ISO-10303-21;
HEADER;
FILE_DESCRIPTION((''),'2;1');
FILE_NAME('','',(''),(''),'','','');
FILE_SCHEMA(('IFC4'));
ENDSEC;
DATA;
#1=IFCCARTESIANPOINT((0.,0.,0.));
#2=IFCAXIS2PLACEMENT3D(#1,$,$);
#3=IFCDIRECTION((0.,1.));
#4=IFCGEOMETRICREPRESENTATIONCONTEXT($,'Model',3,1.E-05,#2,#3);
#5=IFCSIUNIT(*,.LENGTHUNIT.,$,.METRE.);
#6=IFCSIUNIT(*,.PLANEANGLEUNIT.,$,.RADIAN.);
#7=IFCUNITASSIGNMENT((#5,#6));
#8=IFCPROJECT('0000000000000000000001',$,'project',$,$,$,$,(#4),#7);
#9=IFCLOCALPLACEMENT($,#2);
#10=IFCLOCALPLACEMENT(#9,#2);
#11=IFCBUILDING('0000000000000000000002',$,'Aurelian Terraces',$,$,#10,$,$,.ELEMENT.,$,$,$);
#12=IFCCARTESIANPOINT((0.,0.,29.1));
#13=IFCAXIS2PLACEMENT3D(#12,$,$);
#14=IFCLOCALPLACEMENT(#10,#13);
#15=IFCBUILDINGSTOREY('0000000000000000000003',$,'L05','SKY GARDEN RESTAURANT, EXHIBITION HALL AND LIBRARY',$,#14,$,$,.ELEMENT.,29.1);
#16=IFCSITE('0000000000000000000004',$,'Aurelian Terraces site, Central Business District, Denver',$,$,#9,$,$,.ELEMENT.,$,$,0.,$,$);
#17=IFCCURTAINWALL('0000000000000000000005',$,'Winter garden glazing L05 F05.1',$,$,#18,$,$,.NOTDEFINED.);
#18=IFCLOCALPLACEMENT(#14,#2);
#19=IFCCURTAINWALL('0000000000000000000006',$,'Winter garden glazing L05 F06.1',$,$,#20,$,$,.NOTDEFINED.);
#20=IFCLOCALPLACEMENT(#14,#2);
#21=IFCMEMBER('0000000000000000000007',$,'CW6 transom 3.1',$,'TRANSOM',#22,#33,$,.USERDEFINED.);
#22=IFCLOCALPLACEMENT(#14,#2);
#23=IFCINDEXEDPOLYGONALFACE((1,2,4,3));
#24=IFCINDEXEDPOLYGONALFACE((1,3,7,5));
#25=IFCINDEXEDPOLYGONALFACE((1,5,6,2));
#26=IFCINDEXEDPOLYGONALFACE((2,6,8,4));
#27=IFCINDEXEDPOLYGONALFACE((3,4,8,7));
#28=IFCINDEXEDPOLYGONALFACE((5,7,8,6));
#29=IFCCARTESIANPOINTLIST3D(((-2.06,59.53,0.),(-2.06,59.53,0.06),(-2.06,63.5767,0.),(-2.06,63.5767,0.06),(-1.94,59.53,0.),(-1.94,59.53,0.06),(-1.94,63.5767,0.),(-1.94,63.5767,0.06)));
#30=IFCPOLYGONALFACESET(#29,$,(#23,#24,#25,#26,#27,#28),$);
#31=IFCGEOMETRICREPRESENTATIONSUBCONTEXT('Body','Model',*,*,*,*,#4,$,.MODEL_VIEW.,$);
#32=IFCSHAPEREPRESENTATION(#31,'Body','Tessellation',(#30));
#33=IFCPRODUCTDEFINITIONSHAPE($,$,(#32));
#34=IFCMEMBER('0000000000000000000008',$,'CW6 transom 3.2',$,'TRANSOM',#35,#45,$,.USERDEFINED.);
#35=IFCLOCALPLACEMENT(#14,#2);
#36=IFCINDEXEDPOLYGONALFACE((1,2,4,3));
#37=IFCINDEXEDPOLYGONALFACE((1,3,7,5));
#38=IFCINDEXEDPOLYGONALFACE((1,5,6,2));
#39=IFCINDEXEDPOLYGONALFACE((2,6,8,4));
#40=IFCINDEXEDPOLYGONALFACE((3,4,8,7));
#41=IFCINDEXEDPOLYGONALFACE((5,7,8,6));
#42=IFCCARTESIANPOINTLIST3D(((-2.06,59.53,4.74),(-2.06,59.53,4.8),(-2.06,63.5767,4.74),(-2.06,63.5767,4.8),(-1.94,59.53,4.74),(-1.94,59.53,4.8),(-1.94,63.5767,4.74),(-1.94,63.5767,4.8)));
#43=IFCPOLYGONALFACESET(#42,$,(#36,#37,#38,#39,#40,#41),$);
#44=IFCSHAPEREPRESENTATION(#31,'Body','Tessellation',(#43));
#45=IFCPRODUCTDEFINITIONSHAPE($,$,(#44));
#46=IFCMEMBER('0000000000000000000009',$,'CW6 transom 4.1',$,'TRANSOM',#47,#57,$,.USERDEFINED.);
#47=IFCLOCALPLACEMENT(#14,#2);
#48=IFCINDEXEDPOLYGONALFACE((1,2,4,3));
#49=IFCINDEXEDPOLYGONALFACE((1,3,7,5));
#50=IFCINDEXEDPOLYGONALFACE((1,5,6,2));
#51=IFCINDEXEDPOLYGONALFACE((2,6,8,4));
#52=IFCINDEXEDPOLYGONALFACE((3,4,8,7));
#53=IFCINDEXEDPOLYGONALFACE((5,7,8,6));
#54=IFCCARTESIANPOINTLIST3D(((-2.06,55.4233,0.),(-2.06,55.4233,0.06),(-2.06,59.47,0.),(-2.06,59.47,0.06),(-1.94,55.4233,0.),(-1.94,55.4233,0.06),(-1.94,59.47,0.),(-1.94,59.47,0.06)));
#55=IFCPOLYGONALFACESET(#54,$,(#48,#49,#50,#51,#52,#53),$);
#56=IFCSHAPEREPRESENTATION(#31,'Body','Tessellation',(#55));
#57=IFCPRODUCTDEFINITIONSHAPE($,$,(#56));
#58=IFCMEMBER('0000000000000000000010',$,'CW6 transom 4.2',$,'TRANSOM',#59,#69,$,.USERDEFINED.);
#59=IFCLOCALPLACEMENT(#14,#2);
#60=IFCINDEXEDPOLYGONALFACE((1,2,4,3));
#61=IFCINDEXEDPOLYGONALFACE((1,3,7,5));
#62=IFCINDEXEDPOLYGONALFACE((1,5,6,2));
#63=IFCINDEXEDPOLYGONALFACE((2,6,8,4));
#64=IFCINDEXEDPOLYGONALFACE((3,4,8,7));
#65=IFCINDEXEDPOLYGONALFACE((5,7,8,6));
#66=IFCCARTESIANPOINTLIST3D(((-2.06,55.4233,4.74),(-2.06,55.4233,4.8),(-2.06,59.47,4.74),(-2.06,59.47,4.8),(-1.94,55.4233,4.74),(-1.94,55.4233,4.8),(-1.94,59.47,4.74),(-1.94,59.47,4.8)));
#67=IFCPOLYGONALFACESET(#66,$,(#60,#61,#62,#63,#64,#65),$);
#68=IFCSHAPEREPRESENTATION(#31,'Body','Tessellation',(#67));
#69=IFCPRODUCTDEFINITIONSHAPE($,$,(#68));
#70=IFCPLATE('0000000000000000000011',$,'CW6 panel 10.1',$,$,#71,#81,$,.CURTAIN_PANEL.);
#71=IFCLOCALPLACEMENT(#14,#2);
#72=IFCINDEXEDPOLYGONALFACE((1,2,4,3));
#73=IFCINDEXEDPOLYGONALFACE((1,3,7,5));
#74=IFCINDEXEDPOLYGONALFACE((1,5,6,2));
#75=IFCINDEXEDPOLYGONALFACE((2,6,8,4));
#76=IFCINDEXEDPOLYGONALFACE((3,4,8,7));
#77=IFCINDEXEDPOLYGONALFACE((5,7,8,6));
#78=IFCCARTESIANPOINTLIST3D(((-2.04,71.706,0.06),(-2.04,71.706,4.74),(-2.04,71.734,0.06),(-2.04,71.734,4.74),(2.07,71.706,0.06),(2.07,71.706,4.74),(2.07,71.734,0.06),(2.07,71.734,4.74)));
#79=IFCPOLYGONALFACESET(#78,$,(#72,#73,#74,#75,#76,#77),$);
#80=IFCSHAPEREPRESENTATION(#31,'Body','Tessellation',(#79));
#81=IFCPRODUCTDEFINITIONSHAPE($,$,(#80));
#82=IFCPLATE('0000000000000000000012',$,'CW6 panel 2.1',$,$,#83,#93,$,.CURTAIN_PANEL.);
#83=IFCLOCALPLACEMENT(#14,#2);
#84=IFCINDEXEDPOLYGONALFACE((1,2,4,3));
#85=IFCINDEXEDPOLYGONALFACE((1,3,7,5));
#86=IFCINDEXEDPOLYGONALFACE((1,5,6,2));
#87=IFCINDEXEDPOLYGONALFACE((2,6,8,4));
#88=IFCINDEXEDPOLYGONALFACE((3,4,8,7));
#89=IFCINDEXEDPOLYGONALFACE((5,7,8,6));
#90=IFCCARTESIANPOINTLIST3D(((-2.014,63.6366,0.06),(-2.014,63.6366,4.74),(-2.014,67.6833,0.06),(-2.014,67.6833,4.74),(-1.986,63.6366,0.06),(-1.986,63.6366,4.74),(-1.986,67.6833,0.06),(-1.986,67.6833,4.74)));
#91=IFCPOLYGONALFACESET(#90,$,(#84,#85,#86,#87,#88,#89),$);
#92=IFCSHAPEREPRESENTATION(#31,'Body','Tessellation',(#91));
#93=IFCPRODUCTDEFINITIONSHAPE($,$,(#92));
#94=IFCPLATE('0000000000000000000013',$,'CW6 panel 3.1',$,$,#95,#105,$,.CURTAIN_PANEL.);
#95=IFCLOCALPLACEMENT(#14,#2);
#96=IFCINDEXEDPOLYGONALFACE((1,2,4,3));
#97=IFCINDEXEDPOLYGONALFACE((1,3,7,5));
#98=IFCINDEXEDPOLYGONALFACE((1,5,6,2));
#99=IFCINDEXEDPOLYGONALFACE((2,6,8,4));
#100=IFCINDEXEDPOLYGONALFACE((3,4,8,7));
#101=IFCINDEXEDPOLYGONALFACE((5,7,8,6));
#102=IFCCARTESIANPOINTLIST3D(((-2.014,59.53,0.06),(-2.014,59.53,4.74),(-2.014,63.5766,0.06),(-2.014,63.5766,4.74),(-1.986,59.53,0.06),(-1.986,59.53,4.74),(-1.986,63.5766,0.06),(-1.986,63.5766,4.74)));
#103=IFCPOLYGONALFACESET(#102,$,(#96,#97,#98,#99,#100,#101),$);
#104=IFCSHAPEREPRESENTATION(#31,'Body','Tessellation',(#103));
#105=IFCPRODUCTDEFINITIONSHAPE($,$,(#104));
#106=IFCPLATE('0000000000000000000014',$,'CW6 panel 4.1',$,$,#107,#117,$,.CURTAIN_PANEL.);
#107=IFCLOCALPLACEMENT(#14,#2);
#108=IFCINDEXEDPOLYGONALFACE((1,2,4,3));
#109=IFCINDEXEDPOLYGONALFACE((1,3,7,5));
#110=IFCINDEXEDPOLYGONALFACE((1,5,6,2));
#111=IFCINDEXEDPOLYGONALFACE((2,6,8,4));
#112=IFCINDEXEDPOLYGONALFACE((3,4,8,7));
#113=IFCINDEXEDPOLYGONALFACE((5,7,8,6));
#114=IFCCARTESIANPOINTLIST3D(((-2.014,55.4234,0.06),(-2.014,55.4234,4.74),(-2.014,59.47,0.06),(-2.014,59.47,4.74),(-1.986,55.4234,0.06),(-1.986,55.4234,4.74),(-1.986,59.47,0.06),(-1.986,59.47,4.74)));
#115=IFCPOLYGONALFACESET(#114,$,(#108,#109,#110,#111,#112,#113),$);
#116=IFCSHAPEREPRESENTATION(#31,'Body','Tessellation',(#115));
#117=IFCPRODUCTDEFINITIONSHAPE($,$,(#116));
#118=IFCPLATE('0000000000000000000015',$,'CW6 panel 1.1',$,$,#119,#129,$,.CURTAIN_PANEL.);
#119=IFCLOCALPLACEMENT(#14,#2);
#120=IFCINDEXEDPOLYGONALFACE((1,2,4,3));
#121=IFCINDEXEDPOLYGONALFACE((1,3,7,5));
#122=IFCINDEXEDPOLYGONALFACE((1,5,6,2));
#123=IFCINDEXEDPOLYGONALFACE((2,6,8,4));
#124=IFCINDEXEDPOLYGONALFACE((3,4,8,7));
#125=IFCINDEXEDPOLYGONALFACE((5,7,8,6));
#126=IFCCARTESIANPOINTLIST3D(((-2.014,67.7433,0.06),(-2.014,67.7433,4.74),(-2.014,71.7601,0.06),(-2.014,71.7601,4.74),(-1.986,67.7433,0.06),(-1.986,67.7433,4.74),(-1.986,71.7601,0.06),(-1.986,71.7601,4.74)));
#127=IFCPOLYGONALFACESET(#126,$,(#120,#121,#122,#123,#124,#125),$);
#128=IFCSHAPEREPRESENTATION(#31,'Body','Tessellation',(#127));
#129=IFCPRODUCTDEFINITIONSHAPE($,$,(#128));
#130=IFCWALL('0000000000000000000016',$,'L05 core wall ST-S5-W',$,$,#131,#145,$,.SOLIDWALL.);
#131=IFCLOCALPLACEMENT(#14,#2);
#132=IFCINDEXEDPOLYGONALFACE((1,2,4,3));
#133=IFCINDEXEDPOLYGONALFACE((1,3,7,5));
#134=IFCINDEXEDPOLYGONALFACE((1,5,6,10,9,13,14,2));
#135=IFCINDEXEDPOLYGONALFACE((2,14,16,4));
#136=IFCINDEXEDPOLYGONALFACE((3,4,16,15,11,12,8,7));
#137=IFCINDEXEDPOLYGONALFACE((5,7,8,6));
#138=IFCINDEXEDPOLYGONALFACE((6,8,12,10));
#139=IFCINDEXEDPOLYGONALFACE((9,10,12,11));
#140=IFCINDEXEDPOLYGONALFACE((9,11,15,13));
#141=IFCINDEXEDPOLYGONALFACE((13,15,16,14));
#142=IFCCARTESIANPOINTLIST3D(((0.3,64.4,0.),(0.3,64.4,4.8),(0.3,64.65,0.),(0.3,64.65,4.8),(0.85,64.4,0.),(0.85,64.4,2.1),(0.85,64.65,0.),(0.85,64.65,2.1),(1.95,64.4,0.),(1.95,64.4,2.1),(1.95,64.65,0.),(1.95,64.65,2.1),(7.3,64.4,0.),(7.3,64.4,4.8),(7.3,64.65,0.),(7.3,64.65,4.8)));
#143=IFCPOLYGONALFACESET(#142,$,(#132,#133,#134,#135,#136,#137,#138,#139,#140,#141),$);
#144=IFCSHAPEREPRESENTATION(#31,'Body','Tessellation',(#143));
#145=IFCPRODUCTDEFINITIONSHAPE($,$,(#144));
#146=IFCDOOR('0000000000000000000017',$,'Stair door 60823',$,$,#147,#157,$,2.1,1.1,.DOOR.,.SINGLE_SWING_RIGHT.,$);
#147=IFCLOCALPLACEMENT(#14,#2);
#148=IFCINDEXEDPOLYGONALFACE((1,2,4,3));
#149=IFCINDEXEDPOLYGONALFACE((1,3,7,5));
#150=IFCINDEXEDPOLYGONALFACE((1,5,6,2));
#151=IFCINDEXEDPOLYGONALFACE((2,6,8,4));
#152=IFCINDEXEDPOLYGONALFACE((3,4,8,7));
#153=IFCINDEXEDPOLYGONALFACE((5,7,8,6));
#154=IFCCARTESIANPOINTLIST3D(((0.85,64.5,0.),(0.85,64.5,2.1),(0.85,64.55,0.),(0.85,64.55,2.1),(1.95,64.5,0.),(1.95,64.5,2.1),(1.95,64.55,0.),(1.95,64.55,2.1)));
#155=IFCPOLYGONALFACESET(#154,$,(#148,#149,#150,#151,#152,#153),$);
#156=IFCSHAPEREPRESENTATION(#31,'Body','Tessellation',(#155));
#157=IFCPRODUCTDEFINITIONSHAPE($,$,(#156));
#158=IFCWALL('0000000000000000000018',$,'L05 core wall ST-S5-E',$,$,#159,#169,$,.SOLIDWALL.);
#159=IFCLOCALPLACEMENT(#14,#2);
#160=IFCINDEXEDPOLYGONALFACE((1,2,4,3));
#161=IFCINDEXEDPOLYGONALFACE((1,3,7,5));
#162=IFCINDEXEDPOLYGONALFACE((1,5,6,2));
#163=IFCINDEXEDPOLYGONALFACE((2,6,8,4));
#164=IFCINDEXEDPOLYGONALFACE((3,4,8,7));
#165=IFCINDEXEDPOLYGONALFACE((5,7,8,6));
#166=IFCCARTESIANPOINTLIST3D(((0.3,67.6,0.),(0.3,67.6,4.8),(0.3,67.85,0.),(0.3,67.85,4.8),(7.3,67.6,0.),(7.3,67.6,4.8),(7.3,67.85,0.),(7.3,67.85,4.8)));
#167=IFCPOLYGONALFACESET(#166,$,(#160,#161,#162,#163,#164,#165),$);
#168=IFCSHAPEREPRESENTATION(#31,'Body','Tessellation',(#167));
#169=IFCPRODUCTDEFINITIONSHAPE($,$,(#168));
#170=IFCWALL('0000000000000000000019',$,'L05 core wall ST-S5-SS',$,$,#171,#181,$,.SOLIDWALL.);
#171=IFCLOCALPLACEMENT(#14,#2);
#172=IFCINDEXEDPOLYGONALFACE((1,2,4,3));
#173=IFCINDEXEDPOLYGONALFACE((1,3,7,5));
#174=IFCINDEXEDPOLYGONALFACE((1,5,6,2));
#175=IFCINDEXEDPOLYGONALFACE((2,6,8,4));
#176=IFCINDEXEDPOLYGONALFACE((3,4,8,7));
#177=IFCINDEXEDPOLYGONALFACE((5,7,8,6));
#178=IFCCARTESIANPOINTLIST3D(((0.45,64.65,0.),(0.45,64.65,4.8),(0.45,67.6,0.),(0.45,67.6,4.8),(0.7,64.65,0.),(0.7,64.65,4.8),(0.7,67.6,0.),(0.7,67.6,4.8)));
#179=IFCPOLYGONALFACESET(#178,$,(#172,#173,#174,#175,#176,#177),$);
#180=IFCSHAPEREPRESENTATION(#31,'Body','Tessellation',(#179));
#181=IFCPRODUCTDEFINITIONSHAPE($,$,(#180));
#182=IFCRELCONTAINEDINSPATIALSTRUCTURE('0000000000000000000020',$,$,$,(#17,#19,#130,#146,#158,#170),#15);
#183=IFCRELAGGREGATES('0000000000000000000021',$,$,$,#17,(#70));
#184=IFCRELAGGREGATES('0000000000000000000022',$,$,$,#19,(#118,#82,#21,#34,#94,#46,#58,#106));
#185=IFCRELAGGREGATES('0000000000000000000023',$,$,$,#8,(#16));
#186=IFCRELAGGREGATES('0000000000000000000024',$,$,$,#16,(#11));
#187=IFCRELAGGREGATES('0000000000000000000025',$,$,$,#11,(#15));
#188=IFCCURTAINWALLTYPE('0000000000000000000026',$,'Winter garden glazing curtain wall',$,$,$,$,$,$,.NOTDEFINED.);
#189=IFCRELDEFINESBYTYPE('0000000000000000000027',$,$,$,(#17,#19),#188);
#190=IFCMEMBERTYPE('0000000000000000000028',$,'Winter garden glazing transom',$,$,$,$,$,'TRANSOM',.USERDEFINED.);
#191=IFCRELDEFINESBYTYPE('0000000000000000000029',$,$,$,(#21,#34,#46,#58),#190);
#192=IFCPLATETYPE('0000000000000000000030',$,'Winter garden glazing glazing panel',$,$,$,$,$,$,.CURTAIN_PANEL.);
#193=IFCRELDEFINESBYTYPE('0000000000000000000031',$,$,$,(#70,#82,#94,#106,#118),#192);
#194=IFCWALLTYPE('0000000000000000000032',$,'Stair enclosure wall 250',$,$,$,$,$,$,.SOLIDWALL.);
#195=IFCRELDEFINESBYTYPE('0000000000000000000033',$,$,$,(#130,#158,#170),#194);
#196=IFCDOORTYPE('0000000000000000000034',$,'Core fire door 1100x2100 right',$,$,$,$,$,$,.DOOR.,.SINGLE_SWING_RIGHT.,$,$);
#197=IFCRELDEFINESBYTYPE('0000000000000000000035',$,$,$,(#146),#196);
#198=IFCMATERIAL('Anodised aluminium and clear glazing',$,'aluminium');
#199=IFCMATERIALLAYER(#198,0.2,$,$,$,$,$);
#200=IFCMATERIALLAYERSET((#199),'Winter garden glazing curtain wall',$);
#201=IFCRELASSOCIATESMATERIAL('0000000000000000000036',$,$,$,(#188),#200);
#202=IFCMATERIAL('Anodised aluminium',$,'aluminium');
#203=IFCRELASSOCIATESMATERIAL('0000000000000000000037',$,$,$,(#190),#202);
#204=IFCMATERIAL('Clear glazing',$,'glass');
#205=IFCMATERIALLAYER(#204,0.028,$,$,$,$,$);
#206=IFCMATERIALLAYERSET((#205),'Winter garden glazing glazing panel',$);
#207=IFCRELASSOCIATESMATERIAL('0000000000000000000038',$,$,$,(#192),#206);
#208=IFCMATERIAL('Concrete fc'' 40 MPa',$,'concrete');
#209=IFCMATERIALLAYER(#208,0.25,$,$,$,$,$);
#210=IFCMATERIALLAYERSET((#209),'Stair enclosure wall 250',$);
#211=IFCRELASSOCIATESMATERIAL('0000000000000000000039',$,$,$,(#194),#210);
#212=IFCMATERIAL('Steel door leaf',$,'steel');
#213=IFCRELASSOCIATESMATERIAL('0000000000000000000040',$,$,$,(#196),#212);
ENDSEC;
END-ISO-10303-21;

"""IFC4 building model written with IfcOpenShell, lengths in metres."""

from ifc_helpers import new_model, si_unit, direction, frame, frame_2d, origin, origin_2d, place, context, subcontext, project, spatial, rectangle, extrude, source, transform, mapped, material, layer, layer_set, material_profile, profile_set, type_object, element, fill, aggregate, save


model = new_model("IFC4")

# Units and contexts
model_context = context("Model", 3, precision=1e-05, world=origin(), true_north=direction((0.0, 1.0)))
body_context = subcontext(model_context, "Body", "Model", "MODEL_VIEW")
ifc_project = project(units=[si_unit("LENGTHUNIT", "METRE"), si_unit("PLANEANGLEUNIT", "RADIAN")], contexts=[model_context])

# Site, building, storey
site_placement = place(None, origin())
site = spatial("IfcSite", under=ifc_project, at=site_placement, Name="Aurelian Terraces site, Central Business District, Denver", CompositionType="ELEMENT", RefElevation=0.0)
building_placement = place(site_placement, origin())
building = spatial("IfcBuilding", under=site, at=building_placement, Name="Aurelian Terraces", CompositionType="ELEMENT")
storey_placement = place(building_placement, frame((0.0, 0.0, 29.1)))
storey = spatial("IfcBuildingStorey", under=building, at=storey_placement, Name="L05", Description="SKY GARDEN RESTAURANT, EXHIBITION HALL AND LIBRARY", CompositionType="ELEMENT", Elevation=29.1)

# Curtain wall
ifc_material_1 = material(Name="Anodised aluminium and clear glazing", Category="aluminium")
ifc_layer_1 = layer(ifc_material_1, 0.2)
ifc_layer_set_1 = layer_set([ifc_layer_1], Name="Winter garden glazing curtain wall")
curtain_wall_type = type_object("IfcCurtainWallType", Name="Winter garden glazing curtain wall", PredefinedType="NOTDEFINED", material=ifc_layer_set_1)
curtain_wall_1_placement = place(storey_placement, origin())
curtain_wall_1 = element("IfcCurtainWall", 1, at=curtain_wall_1_placement, inside=storey, type_object=curtain_wall_type, Name="Winter garden glazing L05 F05.1", PredefinedType="NOTDEFINED")
ifc_material_2 = material(Name="Anodised aluminium", Category="aluminium")

# Curtain wall
curtain_wall_2_placement = place(storey_placement, origin())
curtain_wall_2 = element("IfcCurtainWall", 2, at=curtain_wall_2_placement, inside=storey, type_object=curtain_wall_type, Name="Winter garden glazing L05 F06.1", PredefinedType="NOTDEFINED")

# Members
ifc_material_profile_1 = material_profile(ifc_material_2, rectangle(XDim=0.12, YDim=0.06, at=origin_2d()))
ifc_profile_set_1 = profile_set([ifc_material_profile_1], Name="Anodised aluminium")
member_type_1 = type_object("IfcMemberType", Name="Winter garden glazing transom", ElementType="TRANSOM", PredefinedType="USERDEFINED", material=ifc_profile_set_1)
shared_shape_1 = source(origin(), body_context, "Body", "SweptSolid", [
    extrude(rectangle(XDim=0.12, YDim=0.06, at=origin_2d()), origin(), (0.0, 0.0, 1.0), 4.0467),
])
member_1_placement = place(storey_placement, frame((-2.0, 63.5767, 0.03), z_axis=(0.0, -1.0, 0.0), x_axis=(1.0, 0.0, 0.0)))
member_1 = element("IfcMember", 3, at=member_1_placement, type_object=member_type_1, Name="CW6 transom 3.1", ObjectType="TRANSOM", PredefinedType="USERDEFINED", context=body_context, shape_type="MappedRepresentation", body=[
    mapped(shared_shape_1, transform((0.0, 0.0, 0.0), scale=1.0)),
])
member_2_placement = place(storey_placement, frame((-2.0, 63.5767, 4.77), z_axis=(0.0, -1.0, 0.0), x_axis=(1.0, 0.0, 0.0)))
member_2 = element("IfcMember", 4, at=member_2_placement, type_object=member_type_1, Name="CW6 transom 3.2", ObjectType="TRANSOM", PredefinedType="USERDEFINED", context=body_context, shape_type="MappedRepresentation", body=[
    mapped(shared_shape_1, transform((0.0, 0.0, 0.0), scale=1.0)),
])
member_3_placement = place(storey_placement, frame((-2.0, 59.47, 0.03), z_axis=(0.0, -1.0, 0.0), x_axis=(1.0, 0.0, 0.0)))
member_3 = element("IfcMember", 5, at=member_3_placement, type_object=member_type_1, Name="CW6 transom 4.1", ObjectType="TRANSOM", PredefinedType="USERDEFINED", context=body_context, shape_type="MappedRepresentation", body=[
    mapped(shared_shape_1, transform((0.0, 0.0, 0.0), scale=1.0)),
])
member_4_placement = place(storey_placement, frame((-2.0, 59.47, 4.77), z_axis=(0.0, -1.0, 0.0), x_axis=(1.0, 0.0, 0.0)))
member_4 = element("IfcMember", 6, at=member_4_placement, type_object=member_type_1, Name="CW6 transom 4.2", ObjectType="TRANSOM", PredefinedType="USERDEFINED", context=body_context, shape_type="MappedRepresentation", body=[
    mapped(shared_shape_1, transform((0.0, 0.0, 0.0), scale=1.0)),
])

# Plates
ifc_material_3 = material(Name="Clear glazing", Category="glass")
ifc_layer_2 = layer(ifc_material_3, 0.028)
ifc_layer_set_2 = layer_set([ifc_layer_2], Name="Winter garden glazing glazing panel")
plate_type = type_object("IfcPlateType", Name="Winter garden glazing glazing panel", PredefinedType="CURTAIN_PANEL", material=ifc_layer_set_2)
shared_shape_2 = source(origin(), body_context, "Body", "SweptSolid", [
    extrude(rectangle(XDim=4.11, YDim=0.028, at=origin_2d()), origin(), (0.0, 0.0, 1.0), 4.68),
])
plate_1_placement = place(storey_placement, frame((0.015, 71.72, 0.06), z_axis=(0.0, 0.0, 1.0), x_axis=(-1.0, 0.0, 0.0)))
plate_1 = element("IfcPlate", 7, at=plate_1_placement, type_object=plate_type, Name="CW6 panel 10.1", PredefinedType="CURTAIN_PANEL", context=body_context, shape_type="MappedRepresentation", body=[
    mapped(shared_shape_2, transform((0.0, 0.0, 0.0), scale=1.0)),
])
aggregate(curtain_wall_1, [plate_1])
shared_shape_3 = source(origin(), body_context, "Body", "SweptSolid", [
    extrude(rectangle(XDim=4.0467, YDim=0.028, at=origin_2d()), origin(), (0.0, 0.0, 1.0), 4.68),
])
plate_2_placement = place(storey_placement, frame((-2.0, 65.66, 0.06), z_axis=(0.0, 0.0, 1.0), x_axis=(0.0, -1.0, 0.0)))
plate_2 = element("IfcPlate", 8, at=plate_2_placement, type_object=plate_type, Name="CW6 panel 2.1", PredefinedType="CURTAIN_PANEL", context=body_context, shape_type="MappedRepresentation", body=[
    mapped(shared_shape_3, transform((0.0, 0.0, 0.0), scale=1.0)),
])
plate_3_placement = place(storey_placement, frame((-2.0, 61.5533, 0.06), z_axis=(0.0, 0.0, 1.0), x_axis=(0.0, -1.0, 0.0)))
plate_3 = element("IfcPlate", 9, at=plate_3_placement, type_object=plate_type, Name="CW6 panel 3.1", PredefinedType="CURTAIN_PANEL", context=body_context, shape_type="MappedRepresentation", body=[
    mapped(shared_shape_3, transform((0.0, 0.0, 0.0), scale=1.0)),
])
plate_4_placement = place(storey_placement, frame((-2.0, 57.4467, 0.06), z_axis=(0.0, 0.0, 1.0), x_axis=(0.0, -1.0, 0.0)))
plate_4 = element("IfcPlate", 10, at=plate_4_placement, type_object=plate_type, Name="CW6 panel 4.1", PredefinedType="CURTAIN_PANEL", context=body_context, shape_type="MappedRepresentation", body=[
    mapped(shared_shape_3, transform((0.0, 0.0, 0.0), scale=1.0)),
])
shared_shape_4 = source(origin(), body_context, "Body", "SweptSolid", [
    extrude(rectangle(XDim=4.0167, YDim=0.028, at=origin_2d()), origin(), (0.0, 0.0, 1.0), 4.68),
])
plate_5_placement = place(storey_placement, frame((-2.0, 69.7517, 0.06), z_axis=(0.0, 0.0, 1.0), x_axis=(0.0, -1.0, 0.0)))
plate_5 = element("IfcPlate", 11, at=plate_5_placement, type_object=plate_type, Name="CW6 panel 1.1", PredefinedType="CURTAIN_PANEL", context=body_context, shape_type="MappedRepresentation", body=[
    mapped(shared_shape_4, transform((0.0, 0.0, 0.0), scale=1.0)),
])
aggregate(curtain_wall_2, [plate_5, plate_2, member_1, member_2, plate_3, member_3, member_4, plate_4])

# Wall, opening, door
ifc_material_4 = material(Name="Concrete fc' 40 MPa", Category="concrete")
ifc_layer_3 = layer(ifc_material_4, 0.25)
ifc_layer_set_3 = layer_set([ifc_layer_3], Name="Stair enclosure wall 250")
wall_type_1 = type_object("IfcWallType", Name="Stair enclosure wall 250", PredefinedType="SOLIDWALL", material=ifc_layer_set_3)
shared_shape_5 = source(origin(), body_context, "Body", "SweptSolid", [
    extrude(rectangle(XDim=7.0, YDim=0.25, at=frame_2d((3.5, 0.0))), origin(), (0.0, 0.0, 1.0), 4.8),
])
wall_1_placement = place(storey_placement, frame((0.3, 64.525, 0.0), z_axis=(0.0, 0.0, 1.0), x_axis=(1.0, 0.0, 0.0)))
wall_1 = element("IfcWall", 12, at=wall_1_placement, inside=storey, type_object=wall_type_1, Name="L05 core wall ST-S5-W", PredefinedType="SOLIDWALL", context=body_context, shape_type="MappedRepresentation", body=[
    mapped(shared_shape_5, transform((0.0, 0.0, 0.0), scale=1.0)),
])
shared_shape_6 = source(origin(), body_context, "Body", "SweptSolid", [
    extrude(rectangle(XDim=1.1, YDim=2.1, at=frame_2d((0.55, 1.05))), frame((0.0, 0.135, 0.0), z_axis=(0.0, -1.0, 0.0), x_axis=(1.0, 0.0, 0.0)), (0.0, 0.0, 1.0), 0.27),
])
opening_placement = place(wall_1_placement, frame((0.55, 0.0, 0.0)))
opening = element("IfcOpeningElement", 13, at=opening_placement, cuts=wall_1, PredefinedType="OPENING", context=body_context, shape_type="MappedRepresentation", body=[
    mapped(shared_shape_6, transform((0.0, 0.0, 0.0), scale=1.0)),
])
ifc_material_5 = material(Name="Steel door leaf", Category="steel")
door_type = type_object("IfcDoorType", Name="Core fire door 1100x2100 right", OperationType="SINGLE_SWING_RIGHT", PredefinedType="DOOR", material=ifc_material_5)
shared_shape_7 = source(origin(), body_context, "Body", "SweptSolid", [
    extrude(rectangle(XDim=1.1, YDim=2.1, at=frame_2d((0.55, 1.05))), frame((0.0, 0.025, 0.0), z_axis=(0.0, -1.0, 0.0), x_axis=(1.0, 0.0, 0.0)), (0.0, 0.0, 1.0), 0.05),
])
door_placement = place(opening_placement, origin())
door = element("IfcDoor", 14, at=door_placement, inside=storey, type_object=door_type, Name="Stair door 60823", OperationType="SINGLE_SWING_RIGHT", OverallHeight=2.1, OverallWidth=1.1, PredefinedType="DOOR", context=body_context, shape_type="MappedRepresentation", body=[
    mapped(shared_shape_7, transform((0.0, 0.0, 0.0), scale=1.0)),
])
fill(opening, door)

# Walls
wall_2_placement = place(storey_placement, frame((0.3, 67.725, 0.0), z_axis=(0.0, 0.0, 1.0), x_axis=(1.0, 0.0, 0.0)))
element("IfcWall", 15, at=wall_2_placement, inside=storey, type_object=wall_type_1, Name="L05 core wall ST-S5-E", PredefinedType="SOLIDWALL", context=body_context, shape_type="MappedRepresentation", body=[
    mapped(shared_shape_5, transform((0.0, 0.0, 0.0), scale=1.0)),
])
shared_shape_8 = source(origin(), body_context, "Body", "SweptSolid", [
    extrude(rectangle(XDim=2.95, YDim=0.25, at=frame_2d((1.475, 0.0))), origin(), (0.0, 0.0, 1.0), 4.8),
])
wall_3_placement = place(storey_placement, frame((0.575, 64.65, 0.0), z_axis=(0.0, 0.0, 1.0), x_axis=(0.0, 1.0, 0.0)))
element("IfcWall", 16, at=wall_3_placement, inside=storey, type_object=wall_type_1, Name="L05 core wall ST-S5-SS", PredefinedType="SOLIDWALL", context=body_context, shape_type="MappedRepresentation", body=[
    mapped(shared_shape_8, transform((0.0, 0.0, 0.0), scale=1.0)),
])

save(model, "model.ifc")
